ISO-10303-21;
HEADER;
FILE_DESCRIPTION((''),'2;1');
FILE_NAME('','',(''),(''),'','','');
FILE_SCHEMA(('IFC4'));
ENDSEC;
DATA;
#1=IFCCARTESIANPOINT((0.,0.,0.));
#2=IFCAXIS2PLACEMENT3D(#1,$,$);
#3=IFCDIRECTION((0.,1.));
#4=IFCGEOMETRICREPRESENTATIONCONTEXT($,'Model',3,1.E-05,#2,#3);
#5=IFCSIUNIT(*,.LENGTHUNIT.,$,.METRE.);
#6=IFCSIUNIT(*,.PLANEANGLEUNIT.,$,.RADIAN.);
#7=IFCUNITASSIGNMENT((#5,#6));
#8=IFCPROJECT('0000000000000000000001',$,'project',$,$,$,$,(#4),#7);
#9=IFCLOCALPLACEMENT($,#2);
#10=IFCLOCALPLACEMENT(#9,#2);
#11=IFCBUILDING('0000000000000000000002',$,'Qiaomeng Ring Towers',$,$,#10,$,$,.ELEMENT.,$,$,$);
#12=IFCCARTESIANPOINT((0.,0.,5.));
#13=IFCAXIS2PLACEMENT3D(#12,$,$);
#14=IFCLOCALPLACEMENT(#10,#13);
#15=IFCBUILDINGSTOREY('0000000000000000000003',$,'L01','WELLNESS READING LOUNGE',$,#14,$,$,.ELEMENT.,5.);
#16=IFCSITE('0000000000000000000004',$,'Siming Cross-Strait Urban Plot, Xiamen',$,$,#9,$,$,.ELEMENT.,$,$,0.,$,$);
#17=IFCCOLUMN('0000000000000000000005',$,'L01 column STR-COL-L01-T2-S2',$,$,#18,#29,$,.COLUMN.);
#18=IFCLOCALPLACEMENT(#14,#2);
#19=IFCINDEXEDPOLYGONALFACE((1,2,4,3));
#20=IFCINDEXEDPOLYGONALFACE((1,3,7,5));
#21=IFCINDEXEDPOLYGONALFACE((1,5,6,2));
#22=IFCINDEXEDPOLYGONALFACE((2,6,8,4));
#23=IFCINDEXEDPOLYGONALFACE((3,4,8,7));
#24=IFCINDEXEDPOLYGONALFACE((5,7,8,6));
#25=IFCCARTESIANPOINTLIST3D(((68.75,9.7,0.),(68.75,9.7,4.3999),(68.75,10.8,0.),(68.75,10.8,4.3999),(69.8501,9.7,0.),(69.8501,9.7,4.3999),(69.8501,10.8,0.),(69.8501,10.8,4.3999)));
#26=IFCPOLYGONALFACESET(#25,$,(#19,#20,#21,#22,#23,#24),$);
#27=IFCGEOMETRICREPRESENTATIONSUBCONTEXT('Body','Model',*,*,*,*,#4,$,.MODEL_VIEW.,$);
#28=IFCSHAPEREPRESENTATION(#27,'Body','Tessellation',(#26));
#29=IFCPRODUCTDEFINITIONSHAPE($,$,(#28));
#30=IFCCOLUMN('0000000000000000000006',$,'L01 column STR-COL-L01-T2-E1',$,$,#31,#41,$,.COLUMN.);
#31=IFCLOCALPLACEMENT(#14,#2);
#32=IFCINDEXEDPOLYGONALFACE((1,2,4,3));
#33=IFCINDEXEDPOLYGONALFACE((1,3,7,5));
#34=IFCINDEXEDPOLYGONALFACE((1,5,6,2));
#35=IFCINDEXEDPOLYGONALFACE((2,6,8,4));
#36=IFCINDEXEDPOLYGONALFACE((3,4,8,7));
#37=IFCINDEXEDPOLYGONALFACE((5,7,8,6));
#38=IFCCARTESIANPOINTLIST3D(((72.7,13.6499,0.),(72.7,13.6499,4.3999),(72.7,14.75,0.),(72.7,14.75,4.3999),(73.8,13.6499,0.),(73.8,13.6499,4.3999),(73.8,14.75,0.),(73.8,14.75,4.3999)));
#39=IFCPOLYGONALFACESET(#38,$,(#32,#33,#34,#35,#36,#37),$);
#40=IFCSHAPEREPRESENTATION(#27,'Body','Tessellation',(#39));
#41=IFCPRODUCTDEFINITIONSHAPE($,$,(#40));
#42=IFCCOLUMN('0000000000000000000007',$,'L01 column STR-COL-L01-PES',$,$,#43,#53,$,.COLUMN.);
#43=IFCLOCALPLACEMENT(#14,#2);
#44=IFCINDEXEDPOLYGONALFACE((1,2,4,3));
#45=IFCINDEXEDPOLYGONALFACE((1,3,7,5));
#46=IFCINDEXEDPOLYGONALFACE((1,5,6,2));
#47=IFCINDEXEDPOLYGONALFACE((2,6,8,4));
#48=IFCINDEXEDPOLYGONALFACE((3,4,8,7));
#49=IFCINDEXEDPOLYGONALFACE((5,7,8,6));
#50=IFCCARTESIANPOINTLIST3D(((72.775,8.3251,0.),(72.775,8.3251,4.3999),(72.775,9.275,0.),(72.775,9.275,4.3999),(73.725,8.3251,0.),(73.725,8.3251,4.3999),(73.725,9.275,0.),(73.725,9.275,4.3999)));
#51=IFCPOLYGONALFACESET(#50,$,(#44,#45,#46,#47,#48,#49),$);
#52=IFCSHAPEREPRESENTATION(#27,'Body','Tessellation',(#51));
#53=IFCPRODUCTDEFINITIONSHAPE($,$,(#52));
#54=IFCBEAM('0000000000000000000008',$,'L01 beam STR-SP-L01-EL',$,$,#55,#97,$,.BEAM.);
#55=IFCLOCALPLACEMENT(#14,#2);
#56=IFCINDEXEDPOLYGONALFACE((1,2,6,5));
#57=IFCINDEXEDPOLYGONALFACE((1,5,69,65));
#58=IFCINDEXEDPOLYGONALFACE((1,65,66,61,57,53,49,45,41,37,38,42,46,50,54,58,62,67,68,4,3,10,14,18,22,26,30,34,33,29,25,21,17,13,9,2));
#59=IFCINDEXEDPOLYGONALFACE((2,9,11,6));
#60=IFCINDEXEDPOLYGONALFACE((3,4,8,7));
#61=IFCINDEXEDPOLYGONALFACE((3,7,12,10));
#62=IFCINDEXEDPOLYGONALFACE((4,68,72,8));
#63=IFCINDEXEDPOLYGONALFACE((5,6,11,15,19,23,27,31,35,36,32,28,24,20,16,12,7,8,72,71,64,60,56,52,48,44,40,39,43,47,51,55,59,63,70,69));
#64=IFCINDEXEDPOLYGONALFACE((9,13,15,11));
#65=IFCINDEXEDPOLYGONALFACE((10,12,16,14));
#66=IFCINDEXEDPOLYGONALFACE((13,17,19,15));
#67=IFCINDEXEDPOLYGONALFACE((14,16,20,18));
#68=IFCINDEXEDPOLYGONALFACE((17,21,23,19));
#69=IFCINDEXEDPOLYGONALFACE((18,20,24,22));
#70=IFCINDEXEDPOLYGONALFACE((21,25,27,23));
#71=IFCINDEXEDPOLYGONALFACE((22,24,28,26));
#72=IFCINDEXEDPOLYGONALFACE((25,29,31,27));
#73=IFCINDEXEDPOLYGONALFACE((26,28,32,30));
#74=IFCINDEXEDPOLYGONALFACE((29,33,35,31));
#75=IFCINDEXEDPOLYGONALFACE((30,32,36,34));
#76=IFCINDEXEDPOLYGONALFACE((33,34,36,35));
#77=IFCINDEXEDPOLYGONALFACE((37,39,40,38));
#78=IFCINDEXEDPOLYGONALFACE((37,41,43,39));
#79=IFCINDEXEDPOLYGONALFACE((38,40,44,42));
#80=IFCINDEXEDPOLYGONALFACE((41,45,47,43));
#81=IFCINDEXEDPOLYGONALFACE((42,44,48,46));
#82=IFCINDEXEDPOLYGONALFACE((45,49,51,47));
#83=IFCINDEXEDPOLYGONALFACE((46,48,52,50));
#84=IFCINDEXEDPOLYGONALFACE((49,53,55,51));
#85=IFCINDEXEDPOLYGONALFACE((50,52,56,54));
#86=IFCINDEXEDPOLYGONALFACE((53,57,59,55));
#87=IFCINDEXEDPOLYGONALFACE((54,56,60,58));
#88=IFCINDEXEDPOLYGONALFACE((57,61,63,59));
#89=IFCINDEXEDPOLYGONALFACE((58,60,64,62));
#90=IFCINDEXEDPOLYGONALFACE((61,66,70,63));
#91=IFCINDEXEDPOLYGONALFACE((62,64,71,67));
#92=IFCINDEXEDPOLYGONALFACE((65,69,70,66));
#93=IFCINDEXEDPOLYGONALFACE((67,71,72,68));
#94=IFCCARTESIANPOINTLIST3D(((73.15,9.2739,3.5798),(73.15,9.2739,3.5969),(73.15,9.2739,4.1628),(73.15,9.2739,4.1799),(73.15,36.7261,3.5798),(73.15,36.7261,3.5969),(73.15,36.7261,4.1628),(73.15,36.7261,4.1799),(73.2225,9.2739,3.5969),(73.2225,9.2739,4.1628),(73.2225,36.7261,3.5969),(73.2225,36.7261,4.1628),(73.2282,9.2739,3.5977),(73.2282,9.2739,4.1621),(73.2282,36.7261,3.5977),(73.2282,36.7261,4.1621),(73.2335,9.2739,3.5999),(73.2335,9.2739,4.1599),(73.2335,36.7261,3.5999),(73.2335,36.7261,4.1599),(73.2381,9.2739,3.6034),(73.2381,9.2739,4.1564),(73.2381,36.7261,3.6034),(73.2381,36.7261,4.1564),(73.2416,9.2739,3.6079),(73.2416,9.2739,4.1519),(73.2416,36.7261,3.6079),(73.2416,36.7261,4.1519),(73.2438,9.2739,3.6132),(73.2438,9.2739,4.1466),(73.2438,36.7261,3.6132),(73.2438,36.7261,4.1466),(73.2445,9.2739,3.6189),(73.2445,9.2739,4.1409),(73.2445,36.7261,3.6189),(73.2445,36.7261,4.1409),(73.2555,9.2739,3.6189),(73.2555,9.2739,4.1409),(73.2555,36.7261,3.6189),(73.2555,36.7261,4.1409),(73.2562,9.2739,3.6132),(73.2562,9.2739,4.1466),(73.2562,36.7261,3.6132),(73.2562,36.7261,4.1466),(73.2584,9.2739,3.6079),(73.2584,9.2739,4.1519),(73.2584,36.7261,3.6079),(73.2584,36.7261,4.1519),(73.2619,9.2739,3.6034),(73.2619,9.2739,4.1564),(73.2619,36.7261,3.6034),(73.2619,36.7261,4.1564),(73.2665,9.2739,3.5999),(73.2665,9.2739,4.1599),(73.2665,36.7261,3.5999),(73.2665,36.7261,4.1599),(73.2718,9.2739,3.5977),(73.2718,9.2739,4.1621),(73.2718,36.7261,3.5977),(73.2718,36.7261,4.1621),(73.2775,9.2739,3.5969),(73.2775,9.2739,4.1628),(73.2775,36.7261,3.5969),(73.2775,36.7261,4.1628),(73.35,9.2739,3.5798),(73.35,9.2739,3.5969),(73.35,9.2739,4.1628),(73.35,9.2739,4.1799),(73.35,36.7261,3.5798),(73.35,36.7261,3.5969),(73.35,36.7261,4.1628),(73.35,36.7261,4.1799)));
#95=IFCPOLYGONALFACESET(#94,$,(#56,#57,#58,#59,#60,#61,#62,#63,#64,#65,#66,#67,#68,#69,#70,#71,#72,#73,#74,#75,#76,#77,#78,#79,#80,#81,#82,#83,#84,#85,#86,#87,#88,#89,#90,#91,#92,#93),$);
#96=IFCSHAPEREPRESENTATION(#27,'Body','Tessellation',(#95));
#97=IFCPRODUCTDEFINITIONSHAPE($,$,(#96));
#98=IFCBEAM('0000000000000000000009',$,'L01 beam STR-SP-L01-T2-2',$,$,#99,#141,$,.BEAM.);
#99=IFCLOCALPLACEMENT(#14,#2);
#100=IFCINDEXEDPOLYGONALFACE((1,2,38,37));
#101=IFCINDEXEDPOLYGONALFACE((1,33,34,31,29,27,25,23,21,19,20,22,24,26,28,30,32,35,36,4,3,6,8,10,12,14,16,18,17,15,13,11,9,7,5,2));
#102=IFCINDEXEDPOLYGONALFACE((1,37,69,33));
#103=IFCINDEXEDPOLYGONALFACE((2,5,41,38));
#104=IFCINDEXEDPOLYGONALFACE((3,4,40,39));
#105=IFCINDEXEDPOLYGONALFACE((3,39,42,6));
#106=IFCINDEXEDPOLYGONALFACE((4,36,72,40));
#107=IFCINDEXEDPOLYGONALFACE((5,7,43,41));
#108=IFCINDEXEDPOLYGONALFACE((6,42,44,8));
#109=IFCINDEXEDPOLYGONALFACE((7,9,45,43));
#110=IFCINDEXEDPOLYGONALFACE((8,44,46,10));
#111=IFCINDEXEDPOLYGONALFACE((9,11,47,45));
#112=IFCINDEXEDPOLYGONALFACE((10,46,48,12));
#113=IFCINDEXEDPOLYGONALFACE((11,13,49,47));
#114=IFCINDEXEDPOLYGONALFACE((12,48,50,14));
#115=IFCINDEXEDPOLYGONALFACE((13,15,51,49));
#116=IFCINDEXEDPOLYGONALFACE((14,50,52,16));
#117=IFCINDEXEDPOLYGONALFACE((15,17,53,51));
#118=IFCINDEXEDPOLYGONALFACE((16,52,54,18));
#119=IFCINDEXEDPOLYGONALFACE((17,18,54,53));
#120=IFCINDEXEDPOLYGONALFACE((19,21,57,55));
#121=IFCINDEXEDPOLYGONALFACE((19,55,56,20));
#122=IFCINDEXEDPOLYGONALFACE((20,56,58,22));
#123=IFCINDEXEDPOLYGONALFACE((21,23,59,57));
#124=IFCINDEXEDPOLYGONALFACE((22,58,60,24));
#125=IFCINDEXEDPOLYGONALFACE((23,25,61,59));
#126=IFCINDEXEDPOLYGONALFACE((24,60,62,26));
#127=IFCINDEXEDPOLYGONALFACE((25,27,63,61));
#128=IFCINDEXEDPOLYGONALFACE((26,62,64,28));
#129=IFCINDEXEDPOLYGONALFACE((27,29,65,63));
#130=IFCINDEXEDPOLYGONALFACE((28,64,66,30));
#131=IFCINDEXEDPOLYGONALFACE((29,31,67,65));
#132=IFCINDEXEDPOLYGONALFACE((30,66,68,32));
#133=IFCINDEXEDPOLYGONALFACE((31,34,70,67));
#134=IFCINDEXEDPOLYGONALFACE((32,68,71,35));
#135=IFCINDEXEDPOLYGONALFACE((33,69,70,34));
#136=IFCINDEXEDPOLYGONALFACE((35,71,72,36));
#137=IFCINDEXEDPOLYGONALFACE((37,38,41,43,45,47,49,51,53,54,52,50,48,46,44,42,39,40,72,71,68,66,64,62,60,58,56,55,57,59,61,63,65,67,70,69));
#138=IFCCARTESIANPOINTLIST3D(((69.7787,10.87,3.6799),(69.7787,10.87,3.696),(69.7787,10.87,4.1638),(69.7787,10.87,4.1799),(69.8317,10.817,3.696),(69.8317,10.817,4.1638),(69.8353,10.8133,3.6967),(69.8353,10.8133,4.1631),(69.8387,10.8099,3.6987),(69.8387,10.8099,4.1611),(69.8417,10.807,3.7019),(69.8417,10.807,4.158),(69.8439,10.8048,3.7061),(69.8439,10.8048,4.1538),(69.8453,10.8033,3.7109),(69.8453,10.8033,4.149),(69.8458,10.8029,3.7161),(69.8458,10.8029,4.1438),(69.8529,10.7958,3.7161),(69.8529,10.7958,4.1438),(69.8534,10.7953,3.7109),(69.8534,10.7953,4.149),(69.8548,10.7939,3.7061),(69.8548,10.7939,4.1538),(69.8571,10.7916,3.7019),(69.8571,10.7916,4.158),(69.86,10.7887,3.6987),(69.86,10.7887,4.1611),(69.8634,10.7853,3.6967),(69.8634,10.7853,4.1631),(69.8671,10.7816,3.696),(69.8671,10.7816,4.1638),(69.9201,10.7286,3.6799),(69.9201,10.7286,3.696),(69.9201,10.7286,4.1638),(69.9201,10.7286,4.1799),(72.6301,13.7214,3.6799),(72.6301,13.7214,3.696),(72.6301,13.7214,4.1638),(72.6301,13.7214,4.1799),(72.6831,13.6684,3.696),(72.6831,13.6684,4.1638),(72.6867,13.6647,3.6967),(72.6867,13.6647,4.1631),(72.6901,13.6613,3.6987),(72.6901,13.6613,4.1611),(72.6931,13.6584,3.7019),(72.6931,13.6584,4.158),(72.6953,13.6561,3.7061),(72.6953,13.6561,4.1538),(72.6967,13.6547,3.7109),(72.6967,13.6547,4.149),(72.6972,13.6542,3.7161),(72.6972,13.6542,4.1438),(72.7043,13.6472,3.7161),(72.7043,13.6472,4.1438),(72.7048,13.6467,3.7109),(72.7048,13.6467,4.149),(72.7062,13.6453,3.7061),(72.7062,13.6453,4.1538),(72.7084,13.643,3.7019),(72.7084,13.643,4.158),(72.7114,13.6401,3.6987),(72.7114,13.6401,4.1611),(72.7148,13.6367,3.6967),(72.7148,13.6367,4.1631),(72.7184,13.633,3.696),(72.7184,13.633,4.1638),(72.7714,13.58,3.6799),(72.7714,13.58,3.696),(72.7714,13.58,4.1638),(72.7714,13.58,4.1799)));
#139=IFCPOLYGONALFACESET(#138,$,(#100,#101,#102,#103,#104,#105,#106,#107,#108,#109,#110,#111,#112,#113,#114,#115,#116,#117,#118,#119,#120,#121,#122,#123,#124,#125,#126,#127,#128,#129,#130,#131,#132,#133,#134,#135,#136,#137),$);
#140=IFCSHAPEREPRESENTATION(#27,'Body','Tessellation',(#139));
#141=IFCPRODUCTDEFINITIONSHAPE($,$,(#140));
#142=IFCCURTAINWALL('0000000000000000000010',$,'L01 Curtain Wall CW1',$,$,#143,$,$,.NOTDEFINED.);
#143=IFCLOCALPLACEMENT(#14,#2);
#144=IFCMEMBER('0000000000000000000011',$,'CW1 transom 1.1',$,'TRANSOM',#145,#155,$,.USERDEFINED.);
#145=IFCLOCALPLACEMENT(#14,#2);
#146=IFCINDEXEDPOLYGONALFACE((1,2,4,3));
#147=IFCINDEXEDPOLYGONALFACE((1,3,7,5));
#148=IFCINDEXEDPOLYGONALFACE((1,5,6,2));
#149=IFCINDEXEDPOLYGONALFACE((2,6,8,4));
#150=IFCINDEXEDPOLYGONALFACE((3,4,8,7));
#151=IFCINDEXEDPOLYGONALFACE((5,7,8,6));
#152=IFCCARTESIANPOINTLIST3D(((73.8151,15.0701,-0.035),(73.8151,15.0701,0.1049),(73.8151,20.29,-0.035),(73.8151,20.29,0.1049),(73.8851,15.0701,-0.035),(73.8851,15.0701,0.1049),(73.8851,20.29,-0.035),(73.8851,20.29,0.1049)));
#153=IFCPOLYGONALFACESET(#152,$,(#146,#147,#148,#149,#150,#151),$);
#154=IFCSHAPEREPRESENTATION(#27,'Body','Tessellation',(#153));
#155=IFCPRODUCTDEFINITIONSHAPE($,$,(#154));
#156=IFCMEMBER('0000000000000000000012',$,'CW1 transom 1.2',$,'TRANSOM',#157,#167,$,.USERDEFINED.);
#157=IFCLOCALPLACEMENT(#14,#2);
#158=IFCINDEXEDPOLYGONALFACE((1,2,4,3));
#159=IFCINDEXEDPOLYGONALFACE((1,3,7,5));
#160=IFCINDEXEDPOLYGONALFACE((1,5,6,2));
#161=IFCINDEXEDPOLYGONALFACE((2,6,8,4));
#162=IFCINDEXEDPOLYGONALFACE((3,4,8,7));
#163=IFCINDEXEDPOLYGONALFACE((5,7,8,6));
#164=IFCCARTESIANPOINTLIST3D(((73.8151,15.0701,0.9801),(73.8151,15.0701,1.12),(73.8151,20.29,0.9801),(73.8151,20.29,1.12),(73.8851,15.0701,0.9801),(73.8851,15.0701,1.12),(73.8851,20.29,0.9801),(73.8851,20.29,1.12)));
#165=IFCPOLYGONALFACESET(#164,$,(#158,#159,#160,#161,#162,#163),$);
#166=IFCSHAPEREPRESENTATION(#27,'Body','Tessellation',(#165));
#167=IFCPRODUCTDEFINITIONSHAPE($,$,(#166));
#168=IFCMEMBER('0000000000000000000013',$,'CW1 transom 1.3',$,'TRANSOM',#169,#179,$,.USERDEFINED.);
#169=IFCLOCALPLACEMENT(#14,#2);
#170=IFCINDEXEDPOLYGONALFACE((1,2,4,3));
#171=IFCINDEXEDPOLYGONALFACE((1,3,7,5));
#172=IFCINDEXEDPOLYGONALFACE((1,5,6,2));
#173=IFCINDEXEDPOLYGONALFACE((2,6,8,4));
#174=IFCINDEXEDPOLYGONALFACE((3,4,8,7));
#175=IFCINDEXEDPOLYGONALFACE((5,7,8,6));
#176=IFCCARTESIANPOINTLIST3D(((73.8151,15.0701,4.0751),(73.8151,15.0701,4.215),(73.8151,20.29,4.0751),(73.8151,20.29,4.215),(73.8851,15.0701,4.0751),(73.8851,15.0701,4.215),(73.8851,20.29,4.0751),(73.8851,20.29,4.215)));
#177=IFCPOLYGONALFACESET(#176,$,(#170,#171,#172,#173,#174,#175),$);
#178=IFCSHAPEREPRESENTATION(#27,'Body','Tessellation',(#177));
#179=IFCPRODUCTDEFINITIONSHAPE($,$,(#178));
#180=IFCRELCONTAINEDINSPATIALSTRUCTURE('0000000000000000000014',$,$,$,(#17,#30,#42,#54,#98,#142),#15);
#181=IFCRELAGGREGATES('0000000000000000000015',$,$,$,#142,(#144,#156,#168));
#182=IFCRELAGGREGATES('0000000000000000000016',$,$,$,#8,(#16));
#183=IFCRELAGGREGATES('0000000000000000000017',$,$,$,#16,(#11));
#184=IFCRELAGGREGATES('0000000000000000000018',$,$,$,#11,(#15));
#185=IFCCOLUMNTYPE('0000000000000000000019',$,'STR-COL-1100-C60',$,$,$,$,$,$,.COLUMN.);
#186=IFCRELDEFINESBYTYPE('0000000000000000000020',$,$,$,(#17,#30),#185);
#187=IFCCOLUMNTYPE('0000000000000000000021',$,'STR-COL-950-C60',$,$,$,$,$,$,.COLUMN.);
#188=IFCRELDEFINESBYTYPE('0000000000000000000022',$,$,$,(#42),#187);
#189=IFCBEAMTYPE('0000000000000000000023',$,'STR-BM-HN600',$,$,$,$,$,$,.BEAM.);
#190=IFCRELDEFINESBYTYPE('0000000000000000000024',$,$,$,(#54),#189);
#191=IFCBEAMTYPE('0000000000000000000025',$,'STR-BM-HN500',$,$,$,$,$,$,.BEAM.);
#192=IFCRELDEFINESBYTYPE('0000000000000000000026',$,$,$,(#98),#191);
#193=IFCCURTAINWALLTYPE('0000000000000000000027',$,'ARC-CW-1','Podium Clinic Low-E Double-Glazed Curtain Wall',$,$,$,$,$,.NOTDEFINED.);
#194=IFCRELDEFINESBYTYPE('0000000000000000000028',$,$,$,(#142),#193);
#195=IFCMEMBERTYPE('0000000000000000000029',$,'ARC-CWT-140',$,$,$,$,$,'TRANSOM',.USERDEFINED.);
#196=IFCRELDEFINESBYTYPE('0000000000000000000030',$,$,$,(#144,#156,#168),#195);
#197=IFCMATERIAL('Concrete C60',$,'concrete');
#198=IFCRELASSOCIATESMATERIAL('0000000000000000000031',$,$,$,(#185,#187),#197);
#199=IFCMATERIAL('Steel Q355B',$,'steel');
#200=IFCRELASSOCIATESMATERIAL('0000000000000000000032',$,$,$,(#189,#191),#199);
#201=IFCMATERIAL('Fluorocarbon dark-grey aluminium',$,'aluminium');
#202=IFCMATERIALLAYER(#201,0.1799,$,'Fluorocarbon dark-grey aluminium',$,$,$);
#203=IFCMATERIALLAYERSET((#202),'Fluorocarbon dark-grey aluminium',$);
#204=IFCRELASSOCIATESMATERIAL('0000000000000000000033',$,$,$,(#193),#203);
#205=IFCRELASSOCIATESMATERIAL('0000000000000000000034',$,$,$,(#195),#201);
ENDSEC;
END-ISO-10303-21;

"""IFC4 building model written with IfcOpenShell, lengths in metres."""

from ifc_helpers import new_model, si_unit, direction, frame, origin, origin_2d, place, context, subcontext, project, spatial, rectangle, i_section, extrude, source, transform, mapped, material, layer, layer_set, material_profile, profile_set, type_object, element, aggregate, save


model = new_model("IFC4")

# Units and contexts
model_context = context("Model", 3, precision=1e-05, world=origin(), true_north=direction((0.0, 1.0)))
body_context = subcontext(model_context, "Body", "Model", "MODEL_VIEW")
ifc_project = project(units=[si_unit("LENGTHUNIT", "METRE"), si_unit("PLANEANGLEUNIT", "RADIAN")], contexts=[model_context])

# Site, building, storey
site_placement = place(None, origin())
site = spatial("IfcSite", under=ifc_project, at=site_placement, Name="Siming Cross-Strait Urban Plot, Xiamen", CompositionType="ELEMENT", RefElevation=0.0)
building_placement = place(site_placement, origin())
building = spatial("IfcBuilding", under=site, at=building_placement, Name="Qiaomeng Ring Towers", CompositionType="ELEMENT")
storey_placement = place(building_placement, frame((0.0, 0.0, 5.0)))
storey = spatial("IfcBuildingStorey", under=building, at=storey_placement, Name="L01", Description="WELLNESS READING LOUNGE", CompositionType="ELEMENT", Elevation=5.0)

# Columns
ifc_material_1 = material(Name="Concrete C60", Category="concrete")
ifc_material_profile_1 = material_profile(ifc_material_1, rectangle(XDim=1.1001, YDim=1.1001, at=origin_2d()), Name="RC COL 1100x1100")
ifc_profile_set_1 = profile_set([ifc_material_profile_1], Name="Concrete C60")
column_type_1 = type_object("IfcColumnType", Name="STR-COL-1100-C60", PredefinedType="COLUMN", material=ifc_profile_set_1)
shared_shape_1 = source(origin(), body_context, "Body", "SweptSolid", [
    extrude(rectangle(XDim=1.1001, YDim=1.1001, at=origin_2d()), origin(), (0.0, 0.0, 1.0), 4.3999),
])
for number, where, z_axis, x_axis, name in (
    (1, (69.3, 10.25, 0.0), (0.0, 0.0, 1.0), (1.0, 0.0, 0.0), "L01 column STR-COL-L01-T2-S2"),
    (2, (73.25, 14.2, 0.0), (0.0, 0.0, 1.0), (1.0, 0.0, 0.0), "L01 column STR-COL-L01-T2-E1"),
):
    element("IfcColumn", number, at=place(storey_placement, frame(where, z_axis=z_axis, x_axis=x_axis)), inside=storey, type_object=column_type_1, Name=name, PredefinedType="COLUMN", context=body_context, shape_type="MappedRepresentation", body=[
        mapped(shared_shape_1, transform((0.0, 0.0, 0.0), x_axis=(1.0, 0.0, 0.0), y_axis=(0.0, 1.0, 0.0), z_axis=(0.0, 0.0, 1.0), scale=1.0)),
    ])
ifc_material_profile_2 = material_profile(ifc_material_1, rectangle(XDim=0.95, YDim=0.95, at=origin_2d()), Name="RC COL 950x950")
ifc_profile_set_2 = profile_set([ifc_material_profile_2], Name="Concrete C60")
column_type_2 = type_object("IfcColumnType", Name="STR-COL-950-C60", PredefinedType="COLUMN", material=ifc_profile_set_2)
shared_shape_2 = source(origin(), body_context, "Body", "SweptSolid", [
    extrude(rectangle(XDim=0.95, YDim=0.95, at=origin_2d()), origin(), (0.0, 0.0, 1.0), 4.3999),
])
column_placement = place(storey_placement, frame((73.25, 8.8, 0.0), z_axis=(0.0, 0.0, 1.0), x_axis=(1.0, 0.0, 0.0)))
element("IfcColumn", 3, at=column_placement, inside=storey, type_object=column_type_2, Name="L01 column STR-COL-L01-PES", PredefinedType="COLUMN", context=body_context, shape_type="MappedRepresentation", body=[
    mapped(shared_shape_2, transform((0.0, 0.0, 0.0), x_axis=(1.0, 0.0, 0.0), y_axis=(0.0, 1.0, 0.0), z_axis=(0.0, 0.0, 1.0), scale=1.0)),
])

# Beams
ifc_material_2 = material(Name="Steel Q355B", Category="steel")
ifc_material_profile_3 = material_profile(ifc_material_2, i_section(OverallWidth=0.2, OverallDepth=0.6001, WebThickness=0.011, FlangeThickness=0.0171, FilletRadius=0.022, at=origin_2d()), Name="HN 600x200x11x17")
ifc_profile_set_3 = profile_set([ifc_material_profile_3], Name="Steel Q355B")
beam_type_1 = type_object("IfcBeamType", Name="STR-BM-HN600", PredefinedType="BEAM", material=ifc_profile_set_3)
shared_shape_3 = source(origin(), body_context, "Body", "SweptSolid", [
    extrude(i_section(OverallWidth=0.2, OverallDepth=0.6001, WebThickness=0.011, FlangeThickness=0.0171, FilletRadius=0.022, at=origin_2d()), origin(), (0.0, 0.0, 1.0), 27.4521),
])
beam_1_placement = place(storey_placement, frame((73.25, 9.2739, 3.8799), z_axis=(0.0, 1.0, 0.0), x_axis=(-1.0, 0.0, 0.0)))
element("IfcBeam", 4, at=beam_1_placement, inside=storey, type_object=beam_type_1, Name="L01 beam STR-SP-L01-EL", PredefinedType="BEAM", context=body_context, shape_type="MappedRepresentation", body=[
    mapped(shared_shape_3, transform((0.0, 0.0, 0.0), x_axis=(1.0, 0.0, 0.0), y_axis=(0.0, 1.0, 0.0), z_axis=(0.0, 0.0, 1.0), scale=1.0)),
])
ifc_material_profile_4 = material_profile(ifc_material_2, i_section(OverallWidth=0.2, OverallDepth=0.5, WebThickness=0.01, FlangeThickness=0.0161, FilletRadius=0.02, at=origin_2d()), Name="HN 500x200x10x16")
ifc_profile_set_4 = profile_set([ifc_material_profile_4], Name="Steel Q355B")
beam_type_2 = type_object("IfcBeamType", Name="STR-BM-HN500", PredefinedType="BEAM", material=ifc_profile_set_4)
shared_shape_4 = source(origin(), body_context, "Body", "SweptSolid", [
    extrude(i_section(OverallWidth=0.2, OverallDepth=0.5, WebThickness=0.01, FlangeThickness=0.0161, FilletRadius=0.02, at=origin_2d()), origin(), (0.0, 0.0, 1.0), 4.0325),
])
beam_2_placement = place(storey_placement, frame((69.8494, 10.7993, 3.9299), z_axis=(0.707107, 0.707107, 0.0), x_axis=(-0.707107, 0.707107, 0.0)))
element("IfcBeam", 5, at=beam_2_placement, inside=storey, type_object=beam_type_2, Name="L01 beam STR-SP-L01-T2-2", PredefinedType="BEAM", context=body_context, shape_type="MappedRepresentation", body=[
    mapped(shared_shape_4, transform((0.0, 0.0, 0.0), x_axis=(1.0, 0.0, 0.0), y_axis=(0.0, 1.0, 0.0), z_axis=(0.0, 0.0, 1.0), scale=1.0)),
])

# Curtain wall, members
ifc_material_3 = material(Name="Fluorocarbon dark-grey aluminium", Category="aluminium")
ifc_layer_1 = layer(ifc_material_3, 0.1799, Name="Fluorocarbon dark-grey aluminium")
ifc_layer_set_1 = layer_set([ifc_layer_1], Name="Fluorocarbon dark-grey aluminium")
curtain_wall_type = type_object("IfcCurtainWallType", Name="ARC-CW-1", Description="Podium Clinic Low-E Double-Glazed Curtain Wall", PredefinedType="NOTDEFINED", material=ifc_layer_set_1)
curtain_wall_1_placement = place(storey_placement, origin())
curtain_wall_1 = element("IfcCurtainWall", 6, at=curtain_wall_1_placement, inside=storey, type_object=curtain_wall_type, Name="L01 Curtain Wall CW1", PredefinedType="NOTDEFINED")
ifc_material_profile_5 = material_profile(ifc_material_3, rectangle(XDim=0.0701, YDim=0.1399, at=origin_2d()), Name="ALU TRAN 70x140")
ifc_profile_set_5 = profile_set([ifc_material_profile_5], Name="Fluorocarbon dark-grey aluminium")
member_type_1 = type_object("IfcMemberType", Name="ARC-CWT-140", ElementType="TRANSOM", PredefinedType="USERDEFINED", material=ifc_profile_set_5)
shared_shape_5 = source(origin(), body_context, "Body", "SweptSolid", [
    extrude(rectangle(XDim=0.0701, YDim=0.1399, at=origin_2d()), origin(), (0.0, 0.0, 1.0), 5.22),
])
member_1_placement = place(storey_placement, frame((73.8501, 15.0701, 0.0349), z_axis=(0.0, 1.0, 0.0), x_axis=(-1.0, 0.0, 0.0)))
member_1 = element("IfcMember", 7, at=member_1_placement, type_object=member_type_1, Name="CW1 transom 1.1", ObjectType="TRANSOM", PredefinedType="USERDEFINED", context=body_context, shape_type="MappedRepresentation", body=[
    mapped(shared_shape_5, transform((0.0, 0.0, 0.0), x_axis=(1.0, 0.0, 0.0), y_axis=(0.0, 1.0, 0.0), z_axis=(0.0, 0.0, 1.0), scale=1.0)),
])
member_2_placement = place(storey_placement, frame((73.8501, 15.0701, 1.05), z_axis=(0.0, 1.0, 0.0), x_axis=(-1.0, 0.0, 0.0)))
member_2 = element("IfcMember", 8, at=member_2_placement, type_object=member_type_1, Name="CW1 transom 1.2", ObjectType="TRANSOM", PredefinedType="USERDEFINED", context=body_context, shape_type="MappedRepresentation", body=[
    mapped(shared_shape_5, transform((0.0, 0.0, 0.0), x_axis=(1.0, 0.0, 0.0), y_axis=(0.0, 1.0, 0.0), z_axis=(0.0, 0.0, 1.0), scale=1.0)),
])
member_3_placement = place(storey_placement, frame((73.8501, 15.0701, 4.145), z_axis=(0.0, 1.0, 0.0), x_axis=(-1.0, 0.0, 0.0)))
member_3 = element("IfcMember", 9, at=member_3_placement, type_object=member_type_1, Name="CW1 transom 1.3", ObjectType="TRANSOM", PredefinedType="USERDEFINED", context=body_context, shape_type="MappedRepresentation", body=[
    mapped(shared_shape_5, transform((0.0, 0.0, 0.0), x_axis=(1.0, 0.0, 0.0), y_axis=(0.0, 1.0, 0.0), z_axis=(0.0, 0.0, 1.0), scale=1.0)),
])

aggregate(curtain_wall_1, [member_1, member_2, member_3])

save(model, "model.ifc")
